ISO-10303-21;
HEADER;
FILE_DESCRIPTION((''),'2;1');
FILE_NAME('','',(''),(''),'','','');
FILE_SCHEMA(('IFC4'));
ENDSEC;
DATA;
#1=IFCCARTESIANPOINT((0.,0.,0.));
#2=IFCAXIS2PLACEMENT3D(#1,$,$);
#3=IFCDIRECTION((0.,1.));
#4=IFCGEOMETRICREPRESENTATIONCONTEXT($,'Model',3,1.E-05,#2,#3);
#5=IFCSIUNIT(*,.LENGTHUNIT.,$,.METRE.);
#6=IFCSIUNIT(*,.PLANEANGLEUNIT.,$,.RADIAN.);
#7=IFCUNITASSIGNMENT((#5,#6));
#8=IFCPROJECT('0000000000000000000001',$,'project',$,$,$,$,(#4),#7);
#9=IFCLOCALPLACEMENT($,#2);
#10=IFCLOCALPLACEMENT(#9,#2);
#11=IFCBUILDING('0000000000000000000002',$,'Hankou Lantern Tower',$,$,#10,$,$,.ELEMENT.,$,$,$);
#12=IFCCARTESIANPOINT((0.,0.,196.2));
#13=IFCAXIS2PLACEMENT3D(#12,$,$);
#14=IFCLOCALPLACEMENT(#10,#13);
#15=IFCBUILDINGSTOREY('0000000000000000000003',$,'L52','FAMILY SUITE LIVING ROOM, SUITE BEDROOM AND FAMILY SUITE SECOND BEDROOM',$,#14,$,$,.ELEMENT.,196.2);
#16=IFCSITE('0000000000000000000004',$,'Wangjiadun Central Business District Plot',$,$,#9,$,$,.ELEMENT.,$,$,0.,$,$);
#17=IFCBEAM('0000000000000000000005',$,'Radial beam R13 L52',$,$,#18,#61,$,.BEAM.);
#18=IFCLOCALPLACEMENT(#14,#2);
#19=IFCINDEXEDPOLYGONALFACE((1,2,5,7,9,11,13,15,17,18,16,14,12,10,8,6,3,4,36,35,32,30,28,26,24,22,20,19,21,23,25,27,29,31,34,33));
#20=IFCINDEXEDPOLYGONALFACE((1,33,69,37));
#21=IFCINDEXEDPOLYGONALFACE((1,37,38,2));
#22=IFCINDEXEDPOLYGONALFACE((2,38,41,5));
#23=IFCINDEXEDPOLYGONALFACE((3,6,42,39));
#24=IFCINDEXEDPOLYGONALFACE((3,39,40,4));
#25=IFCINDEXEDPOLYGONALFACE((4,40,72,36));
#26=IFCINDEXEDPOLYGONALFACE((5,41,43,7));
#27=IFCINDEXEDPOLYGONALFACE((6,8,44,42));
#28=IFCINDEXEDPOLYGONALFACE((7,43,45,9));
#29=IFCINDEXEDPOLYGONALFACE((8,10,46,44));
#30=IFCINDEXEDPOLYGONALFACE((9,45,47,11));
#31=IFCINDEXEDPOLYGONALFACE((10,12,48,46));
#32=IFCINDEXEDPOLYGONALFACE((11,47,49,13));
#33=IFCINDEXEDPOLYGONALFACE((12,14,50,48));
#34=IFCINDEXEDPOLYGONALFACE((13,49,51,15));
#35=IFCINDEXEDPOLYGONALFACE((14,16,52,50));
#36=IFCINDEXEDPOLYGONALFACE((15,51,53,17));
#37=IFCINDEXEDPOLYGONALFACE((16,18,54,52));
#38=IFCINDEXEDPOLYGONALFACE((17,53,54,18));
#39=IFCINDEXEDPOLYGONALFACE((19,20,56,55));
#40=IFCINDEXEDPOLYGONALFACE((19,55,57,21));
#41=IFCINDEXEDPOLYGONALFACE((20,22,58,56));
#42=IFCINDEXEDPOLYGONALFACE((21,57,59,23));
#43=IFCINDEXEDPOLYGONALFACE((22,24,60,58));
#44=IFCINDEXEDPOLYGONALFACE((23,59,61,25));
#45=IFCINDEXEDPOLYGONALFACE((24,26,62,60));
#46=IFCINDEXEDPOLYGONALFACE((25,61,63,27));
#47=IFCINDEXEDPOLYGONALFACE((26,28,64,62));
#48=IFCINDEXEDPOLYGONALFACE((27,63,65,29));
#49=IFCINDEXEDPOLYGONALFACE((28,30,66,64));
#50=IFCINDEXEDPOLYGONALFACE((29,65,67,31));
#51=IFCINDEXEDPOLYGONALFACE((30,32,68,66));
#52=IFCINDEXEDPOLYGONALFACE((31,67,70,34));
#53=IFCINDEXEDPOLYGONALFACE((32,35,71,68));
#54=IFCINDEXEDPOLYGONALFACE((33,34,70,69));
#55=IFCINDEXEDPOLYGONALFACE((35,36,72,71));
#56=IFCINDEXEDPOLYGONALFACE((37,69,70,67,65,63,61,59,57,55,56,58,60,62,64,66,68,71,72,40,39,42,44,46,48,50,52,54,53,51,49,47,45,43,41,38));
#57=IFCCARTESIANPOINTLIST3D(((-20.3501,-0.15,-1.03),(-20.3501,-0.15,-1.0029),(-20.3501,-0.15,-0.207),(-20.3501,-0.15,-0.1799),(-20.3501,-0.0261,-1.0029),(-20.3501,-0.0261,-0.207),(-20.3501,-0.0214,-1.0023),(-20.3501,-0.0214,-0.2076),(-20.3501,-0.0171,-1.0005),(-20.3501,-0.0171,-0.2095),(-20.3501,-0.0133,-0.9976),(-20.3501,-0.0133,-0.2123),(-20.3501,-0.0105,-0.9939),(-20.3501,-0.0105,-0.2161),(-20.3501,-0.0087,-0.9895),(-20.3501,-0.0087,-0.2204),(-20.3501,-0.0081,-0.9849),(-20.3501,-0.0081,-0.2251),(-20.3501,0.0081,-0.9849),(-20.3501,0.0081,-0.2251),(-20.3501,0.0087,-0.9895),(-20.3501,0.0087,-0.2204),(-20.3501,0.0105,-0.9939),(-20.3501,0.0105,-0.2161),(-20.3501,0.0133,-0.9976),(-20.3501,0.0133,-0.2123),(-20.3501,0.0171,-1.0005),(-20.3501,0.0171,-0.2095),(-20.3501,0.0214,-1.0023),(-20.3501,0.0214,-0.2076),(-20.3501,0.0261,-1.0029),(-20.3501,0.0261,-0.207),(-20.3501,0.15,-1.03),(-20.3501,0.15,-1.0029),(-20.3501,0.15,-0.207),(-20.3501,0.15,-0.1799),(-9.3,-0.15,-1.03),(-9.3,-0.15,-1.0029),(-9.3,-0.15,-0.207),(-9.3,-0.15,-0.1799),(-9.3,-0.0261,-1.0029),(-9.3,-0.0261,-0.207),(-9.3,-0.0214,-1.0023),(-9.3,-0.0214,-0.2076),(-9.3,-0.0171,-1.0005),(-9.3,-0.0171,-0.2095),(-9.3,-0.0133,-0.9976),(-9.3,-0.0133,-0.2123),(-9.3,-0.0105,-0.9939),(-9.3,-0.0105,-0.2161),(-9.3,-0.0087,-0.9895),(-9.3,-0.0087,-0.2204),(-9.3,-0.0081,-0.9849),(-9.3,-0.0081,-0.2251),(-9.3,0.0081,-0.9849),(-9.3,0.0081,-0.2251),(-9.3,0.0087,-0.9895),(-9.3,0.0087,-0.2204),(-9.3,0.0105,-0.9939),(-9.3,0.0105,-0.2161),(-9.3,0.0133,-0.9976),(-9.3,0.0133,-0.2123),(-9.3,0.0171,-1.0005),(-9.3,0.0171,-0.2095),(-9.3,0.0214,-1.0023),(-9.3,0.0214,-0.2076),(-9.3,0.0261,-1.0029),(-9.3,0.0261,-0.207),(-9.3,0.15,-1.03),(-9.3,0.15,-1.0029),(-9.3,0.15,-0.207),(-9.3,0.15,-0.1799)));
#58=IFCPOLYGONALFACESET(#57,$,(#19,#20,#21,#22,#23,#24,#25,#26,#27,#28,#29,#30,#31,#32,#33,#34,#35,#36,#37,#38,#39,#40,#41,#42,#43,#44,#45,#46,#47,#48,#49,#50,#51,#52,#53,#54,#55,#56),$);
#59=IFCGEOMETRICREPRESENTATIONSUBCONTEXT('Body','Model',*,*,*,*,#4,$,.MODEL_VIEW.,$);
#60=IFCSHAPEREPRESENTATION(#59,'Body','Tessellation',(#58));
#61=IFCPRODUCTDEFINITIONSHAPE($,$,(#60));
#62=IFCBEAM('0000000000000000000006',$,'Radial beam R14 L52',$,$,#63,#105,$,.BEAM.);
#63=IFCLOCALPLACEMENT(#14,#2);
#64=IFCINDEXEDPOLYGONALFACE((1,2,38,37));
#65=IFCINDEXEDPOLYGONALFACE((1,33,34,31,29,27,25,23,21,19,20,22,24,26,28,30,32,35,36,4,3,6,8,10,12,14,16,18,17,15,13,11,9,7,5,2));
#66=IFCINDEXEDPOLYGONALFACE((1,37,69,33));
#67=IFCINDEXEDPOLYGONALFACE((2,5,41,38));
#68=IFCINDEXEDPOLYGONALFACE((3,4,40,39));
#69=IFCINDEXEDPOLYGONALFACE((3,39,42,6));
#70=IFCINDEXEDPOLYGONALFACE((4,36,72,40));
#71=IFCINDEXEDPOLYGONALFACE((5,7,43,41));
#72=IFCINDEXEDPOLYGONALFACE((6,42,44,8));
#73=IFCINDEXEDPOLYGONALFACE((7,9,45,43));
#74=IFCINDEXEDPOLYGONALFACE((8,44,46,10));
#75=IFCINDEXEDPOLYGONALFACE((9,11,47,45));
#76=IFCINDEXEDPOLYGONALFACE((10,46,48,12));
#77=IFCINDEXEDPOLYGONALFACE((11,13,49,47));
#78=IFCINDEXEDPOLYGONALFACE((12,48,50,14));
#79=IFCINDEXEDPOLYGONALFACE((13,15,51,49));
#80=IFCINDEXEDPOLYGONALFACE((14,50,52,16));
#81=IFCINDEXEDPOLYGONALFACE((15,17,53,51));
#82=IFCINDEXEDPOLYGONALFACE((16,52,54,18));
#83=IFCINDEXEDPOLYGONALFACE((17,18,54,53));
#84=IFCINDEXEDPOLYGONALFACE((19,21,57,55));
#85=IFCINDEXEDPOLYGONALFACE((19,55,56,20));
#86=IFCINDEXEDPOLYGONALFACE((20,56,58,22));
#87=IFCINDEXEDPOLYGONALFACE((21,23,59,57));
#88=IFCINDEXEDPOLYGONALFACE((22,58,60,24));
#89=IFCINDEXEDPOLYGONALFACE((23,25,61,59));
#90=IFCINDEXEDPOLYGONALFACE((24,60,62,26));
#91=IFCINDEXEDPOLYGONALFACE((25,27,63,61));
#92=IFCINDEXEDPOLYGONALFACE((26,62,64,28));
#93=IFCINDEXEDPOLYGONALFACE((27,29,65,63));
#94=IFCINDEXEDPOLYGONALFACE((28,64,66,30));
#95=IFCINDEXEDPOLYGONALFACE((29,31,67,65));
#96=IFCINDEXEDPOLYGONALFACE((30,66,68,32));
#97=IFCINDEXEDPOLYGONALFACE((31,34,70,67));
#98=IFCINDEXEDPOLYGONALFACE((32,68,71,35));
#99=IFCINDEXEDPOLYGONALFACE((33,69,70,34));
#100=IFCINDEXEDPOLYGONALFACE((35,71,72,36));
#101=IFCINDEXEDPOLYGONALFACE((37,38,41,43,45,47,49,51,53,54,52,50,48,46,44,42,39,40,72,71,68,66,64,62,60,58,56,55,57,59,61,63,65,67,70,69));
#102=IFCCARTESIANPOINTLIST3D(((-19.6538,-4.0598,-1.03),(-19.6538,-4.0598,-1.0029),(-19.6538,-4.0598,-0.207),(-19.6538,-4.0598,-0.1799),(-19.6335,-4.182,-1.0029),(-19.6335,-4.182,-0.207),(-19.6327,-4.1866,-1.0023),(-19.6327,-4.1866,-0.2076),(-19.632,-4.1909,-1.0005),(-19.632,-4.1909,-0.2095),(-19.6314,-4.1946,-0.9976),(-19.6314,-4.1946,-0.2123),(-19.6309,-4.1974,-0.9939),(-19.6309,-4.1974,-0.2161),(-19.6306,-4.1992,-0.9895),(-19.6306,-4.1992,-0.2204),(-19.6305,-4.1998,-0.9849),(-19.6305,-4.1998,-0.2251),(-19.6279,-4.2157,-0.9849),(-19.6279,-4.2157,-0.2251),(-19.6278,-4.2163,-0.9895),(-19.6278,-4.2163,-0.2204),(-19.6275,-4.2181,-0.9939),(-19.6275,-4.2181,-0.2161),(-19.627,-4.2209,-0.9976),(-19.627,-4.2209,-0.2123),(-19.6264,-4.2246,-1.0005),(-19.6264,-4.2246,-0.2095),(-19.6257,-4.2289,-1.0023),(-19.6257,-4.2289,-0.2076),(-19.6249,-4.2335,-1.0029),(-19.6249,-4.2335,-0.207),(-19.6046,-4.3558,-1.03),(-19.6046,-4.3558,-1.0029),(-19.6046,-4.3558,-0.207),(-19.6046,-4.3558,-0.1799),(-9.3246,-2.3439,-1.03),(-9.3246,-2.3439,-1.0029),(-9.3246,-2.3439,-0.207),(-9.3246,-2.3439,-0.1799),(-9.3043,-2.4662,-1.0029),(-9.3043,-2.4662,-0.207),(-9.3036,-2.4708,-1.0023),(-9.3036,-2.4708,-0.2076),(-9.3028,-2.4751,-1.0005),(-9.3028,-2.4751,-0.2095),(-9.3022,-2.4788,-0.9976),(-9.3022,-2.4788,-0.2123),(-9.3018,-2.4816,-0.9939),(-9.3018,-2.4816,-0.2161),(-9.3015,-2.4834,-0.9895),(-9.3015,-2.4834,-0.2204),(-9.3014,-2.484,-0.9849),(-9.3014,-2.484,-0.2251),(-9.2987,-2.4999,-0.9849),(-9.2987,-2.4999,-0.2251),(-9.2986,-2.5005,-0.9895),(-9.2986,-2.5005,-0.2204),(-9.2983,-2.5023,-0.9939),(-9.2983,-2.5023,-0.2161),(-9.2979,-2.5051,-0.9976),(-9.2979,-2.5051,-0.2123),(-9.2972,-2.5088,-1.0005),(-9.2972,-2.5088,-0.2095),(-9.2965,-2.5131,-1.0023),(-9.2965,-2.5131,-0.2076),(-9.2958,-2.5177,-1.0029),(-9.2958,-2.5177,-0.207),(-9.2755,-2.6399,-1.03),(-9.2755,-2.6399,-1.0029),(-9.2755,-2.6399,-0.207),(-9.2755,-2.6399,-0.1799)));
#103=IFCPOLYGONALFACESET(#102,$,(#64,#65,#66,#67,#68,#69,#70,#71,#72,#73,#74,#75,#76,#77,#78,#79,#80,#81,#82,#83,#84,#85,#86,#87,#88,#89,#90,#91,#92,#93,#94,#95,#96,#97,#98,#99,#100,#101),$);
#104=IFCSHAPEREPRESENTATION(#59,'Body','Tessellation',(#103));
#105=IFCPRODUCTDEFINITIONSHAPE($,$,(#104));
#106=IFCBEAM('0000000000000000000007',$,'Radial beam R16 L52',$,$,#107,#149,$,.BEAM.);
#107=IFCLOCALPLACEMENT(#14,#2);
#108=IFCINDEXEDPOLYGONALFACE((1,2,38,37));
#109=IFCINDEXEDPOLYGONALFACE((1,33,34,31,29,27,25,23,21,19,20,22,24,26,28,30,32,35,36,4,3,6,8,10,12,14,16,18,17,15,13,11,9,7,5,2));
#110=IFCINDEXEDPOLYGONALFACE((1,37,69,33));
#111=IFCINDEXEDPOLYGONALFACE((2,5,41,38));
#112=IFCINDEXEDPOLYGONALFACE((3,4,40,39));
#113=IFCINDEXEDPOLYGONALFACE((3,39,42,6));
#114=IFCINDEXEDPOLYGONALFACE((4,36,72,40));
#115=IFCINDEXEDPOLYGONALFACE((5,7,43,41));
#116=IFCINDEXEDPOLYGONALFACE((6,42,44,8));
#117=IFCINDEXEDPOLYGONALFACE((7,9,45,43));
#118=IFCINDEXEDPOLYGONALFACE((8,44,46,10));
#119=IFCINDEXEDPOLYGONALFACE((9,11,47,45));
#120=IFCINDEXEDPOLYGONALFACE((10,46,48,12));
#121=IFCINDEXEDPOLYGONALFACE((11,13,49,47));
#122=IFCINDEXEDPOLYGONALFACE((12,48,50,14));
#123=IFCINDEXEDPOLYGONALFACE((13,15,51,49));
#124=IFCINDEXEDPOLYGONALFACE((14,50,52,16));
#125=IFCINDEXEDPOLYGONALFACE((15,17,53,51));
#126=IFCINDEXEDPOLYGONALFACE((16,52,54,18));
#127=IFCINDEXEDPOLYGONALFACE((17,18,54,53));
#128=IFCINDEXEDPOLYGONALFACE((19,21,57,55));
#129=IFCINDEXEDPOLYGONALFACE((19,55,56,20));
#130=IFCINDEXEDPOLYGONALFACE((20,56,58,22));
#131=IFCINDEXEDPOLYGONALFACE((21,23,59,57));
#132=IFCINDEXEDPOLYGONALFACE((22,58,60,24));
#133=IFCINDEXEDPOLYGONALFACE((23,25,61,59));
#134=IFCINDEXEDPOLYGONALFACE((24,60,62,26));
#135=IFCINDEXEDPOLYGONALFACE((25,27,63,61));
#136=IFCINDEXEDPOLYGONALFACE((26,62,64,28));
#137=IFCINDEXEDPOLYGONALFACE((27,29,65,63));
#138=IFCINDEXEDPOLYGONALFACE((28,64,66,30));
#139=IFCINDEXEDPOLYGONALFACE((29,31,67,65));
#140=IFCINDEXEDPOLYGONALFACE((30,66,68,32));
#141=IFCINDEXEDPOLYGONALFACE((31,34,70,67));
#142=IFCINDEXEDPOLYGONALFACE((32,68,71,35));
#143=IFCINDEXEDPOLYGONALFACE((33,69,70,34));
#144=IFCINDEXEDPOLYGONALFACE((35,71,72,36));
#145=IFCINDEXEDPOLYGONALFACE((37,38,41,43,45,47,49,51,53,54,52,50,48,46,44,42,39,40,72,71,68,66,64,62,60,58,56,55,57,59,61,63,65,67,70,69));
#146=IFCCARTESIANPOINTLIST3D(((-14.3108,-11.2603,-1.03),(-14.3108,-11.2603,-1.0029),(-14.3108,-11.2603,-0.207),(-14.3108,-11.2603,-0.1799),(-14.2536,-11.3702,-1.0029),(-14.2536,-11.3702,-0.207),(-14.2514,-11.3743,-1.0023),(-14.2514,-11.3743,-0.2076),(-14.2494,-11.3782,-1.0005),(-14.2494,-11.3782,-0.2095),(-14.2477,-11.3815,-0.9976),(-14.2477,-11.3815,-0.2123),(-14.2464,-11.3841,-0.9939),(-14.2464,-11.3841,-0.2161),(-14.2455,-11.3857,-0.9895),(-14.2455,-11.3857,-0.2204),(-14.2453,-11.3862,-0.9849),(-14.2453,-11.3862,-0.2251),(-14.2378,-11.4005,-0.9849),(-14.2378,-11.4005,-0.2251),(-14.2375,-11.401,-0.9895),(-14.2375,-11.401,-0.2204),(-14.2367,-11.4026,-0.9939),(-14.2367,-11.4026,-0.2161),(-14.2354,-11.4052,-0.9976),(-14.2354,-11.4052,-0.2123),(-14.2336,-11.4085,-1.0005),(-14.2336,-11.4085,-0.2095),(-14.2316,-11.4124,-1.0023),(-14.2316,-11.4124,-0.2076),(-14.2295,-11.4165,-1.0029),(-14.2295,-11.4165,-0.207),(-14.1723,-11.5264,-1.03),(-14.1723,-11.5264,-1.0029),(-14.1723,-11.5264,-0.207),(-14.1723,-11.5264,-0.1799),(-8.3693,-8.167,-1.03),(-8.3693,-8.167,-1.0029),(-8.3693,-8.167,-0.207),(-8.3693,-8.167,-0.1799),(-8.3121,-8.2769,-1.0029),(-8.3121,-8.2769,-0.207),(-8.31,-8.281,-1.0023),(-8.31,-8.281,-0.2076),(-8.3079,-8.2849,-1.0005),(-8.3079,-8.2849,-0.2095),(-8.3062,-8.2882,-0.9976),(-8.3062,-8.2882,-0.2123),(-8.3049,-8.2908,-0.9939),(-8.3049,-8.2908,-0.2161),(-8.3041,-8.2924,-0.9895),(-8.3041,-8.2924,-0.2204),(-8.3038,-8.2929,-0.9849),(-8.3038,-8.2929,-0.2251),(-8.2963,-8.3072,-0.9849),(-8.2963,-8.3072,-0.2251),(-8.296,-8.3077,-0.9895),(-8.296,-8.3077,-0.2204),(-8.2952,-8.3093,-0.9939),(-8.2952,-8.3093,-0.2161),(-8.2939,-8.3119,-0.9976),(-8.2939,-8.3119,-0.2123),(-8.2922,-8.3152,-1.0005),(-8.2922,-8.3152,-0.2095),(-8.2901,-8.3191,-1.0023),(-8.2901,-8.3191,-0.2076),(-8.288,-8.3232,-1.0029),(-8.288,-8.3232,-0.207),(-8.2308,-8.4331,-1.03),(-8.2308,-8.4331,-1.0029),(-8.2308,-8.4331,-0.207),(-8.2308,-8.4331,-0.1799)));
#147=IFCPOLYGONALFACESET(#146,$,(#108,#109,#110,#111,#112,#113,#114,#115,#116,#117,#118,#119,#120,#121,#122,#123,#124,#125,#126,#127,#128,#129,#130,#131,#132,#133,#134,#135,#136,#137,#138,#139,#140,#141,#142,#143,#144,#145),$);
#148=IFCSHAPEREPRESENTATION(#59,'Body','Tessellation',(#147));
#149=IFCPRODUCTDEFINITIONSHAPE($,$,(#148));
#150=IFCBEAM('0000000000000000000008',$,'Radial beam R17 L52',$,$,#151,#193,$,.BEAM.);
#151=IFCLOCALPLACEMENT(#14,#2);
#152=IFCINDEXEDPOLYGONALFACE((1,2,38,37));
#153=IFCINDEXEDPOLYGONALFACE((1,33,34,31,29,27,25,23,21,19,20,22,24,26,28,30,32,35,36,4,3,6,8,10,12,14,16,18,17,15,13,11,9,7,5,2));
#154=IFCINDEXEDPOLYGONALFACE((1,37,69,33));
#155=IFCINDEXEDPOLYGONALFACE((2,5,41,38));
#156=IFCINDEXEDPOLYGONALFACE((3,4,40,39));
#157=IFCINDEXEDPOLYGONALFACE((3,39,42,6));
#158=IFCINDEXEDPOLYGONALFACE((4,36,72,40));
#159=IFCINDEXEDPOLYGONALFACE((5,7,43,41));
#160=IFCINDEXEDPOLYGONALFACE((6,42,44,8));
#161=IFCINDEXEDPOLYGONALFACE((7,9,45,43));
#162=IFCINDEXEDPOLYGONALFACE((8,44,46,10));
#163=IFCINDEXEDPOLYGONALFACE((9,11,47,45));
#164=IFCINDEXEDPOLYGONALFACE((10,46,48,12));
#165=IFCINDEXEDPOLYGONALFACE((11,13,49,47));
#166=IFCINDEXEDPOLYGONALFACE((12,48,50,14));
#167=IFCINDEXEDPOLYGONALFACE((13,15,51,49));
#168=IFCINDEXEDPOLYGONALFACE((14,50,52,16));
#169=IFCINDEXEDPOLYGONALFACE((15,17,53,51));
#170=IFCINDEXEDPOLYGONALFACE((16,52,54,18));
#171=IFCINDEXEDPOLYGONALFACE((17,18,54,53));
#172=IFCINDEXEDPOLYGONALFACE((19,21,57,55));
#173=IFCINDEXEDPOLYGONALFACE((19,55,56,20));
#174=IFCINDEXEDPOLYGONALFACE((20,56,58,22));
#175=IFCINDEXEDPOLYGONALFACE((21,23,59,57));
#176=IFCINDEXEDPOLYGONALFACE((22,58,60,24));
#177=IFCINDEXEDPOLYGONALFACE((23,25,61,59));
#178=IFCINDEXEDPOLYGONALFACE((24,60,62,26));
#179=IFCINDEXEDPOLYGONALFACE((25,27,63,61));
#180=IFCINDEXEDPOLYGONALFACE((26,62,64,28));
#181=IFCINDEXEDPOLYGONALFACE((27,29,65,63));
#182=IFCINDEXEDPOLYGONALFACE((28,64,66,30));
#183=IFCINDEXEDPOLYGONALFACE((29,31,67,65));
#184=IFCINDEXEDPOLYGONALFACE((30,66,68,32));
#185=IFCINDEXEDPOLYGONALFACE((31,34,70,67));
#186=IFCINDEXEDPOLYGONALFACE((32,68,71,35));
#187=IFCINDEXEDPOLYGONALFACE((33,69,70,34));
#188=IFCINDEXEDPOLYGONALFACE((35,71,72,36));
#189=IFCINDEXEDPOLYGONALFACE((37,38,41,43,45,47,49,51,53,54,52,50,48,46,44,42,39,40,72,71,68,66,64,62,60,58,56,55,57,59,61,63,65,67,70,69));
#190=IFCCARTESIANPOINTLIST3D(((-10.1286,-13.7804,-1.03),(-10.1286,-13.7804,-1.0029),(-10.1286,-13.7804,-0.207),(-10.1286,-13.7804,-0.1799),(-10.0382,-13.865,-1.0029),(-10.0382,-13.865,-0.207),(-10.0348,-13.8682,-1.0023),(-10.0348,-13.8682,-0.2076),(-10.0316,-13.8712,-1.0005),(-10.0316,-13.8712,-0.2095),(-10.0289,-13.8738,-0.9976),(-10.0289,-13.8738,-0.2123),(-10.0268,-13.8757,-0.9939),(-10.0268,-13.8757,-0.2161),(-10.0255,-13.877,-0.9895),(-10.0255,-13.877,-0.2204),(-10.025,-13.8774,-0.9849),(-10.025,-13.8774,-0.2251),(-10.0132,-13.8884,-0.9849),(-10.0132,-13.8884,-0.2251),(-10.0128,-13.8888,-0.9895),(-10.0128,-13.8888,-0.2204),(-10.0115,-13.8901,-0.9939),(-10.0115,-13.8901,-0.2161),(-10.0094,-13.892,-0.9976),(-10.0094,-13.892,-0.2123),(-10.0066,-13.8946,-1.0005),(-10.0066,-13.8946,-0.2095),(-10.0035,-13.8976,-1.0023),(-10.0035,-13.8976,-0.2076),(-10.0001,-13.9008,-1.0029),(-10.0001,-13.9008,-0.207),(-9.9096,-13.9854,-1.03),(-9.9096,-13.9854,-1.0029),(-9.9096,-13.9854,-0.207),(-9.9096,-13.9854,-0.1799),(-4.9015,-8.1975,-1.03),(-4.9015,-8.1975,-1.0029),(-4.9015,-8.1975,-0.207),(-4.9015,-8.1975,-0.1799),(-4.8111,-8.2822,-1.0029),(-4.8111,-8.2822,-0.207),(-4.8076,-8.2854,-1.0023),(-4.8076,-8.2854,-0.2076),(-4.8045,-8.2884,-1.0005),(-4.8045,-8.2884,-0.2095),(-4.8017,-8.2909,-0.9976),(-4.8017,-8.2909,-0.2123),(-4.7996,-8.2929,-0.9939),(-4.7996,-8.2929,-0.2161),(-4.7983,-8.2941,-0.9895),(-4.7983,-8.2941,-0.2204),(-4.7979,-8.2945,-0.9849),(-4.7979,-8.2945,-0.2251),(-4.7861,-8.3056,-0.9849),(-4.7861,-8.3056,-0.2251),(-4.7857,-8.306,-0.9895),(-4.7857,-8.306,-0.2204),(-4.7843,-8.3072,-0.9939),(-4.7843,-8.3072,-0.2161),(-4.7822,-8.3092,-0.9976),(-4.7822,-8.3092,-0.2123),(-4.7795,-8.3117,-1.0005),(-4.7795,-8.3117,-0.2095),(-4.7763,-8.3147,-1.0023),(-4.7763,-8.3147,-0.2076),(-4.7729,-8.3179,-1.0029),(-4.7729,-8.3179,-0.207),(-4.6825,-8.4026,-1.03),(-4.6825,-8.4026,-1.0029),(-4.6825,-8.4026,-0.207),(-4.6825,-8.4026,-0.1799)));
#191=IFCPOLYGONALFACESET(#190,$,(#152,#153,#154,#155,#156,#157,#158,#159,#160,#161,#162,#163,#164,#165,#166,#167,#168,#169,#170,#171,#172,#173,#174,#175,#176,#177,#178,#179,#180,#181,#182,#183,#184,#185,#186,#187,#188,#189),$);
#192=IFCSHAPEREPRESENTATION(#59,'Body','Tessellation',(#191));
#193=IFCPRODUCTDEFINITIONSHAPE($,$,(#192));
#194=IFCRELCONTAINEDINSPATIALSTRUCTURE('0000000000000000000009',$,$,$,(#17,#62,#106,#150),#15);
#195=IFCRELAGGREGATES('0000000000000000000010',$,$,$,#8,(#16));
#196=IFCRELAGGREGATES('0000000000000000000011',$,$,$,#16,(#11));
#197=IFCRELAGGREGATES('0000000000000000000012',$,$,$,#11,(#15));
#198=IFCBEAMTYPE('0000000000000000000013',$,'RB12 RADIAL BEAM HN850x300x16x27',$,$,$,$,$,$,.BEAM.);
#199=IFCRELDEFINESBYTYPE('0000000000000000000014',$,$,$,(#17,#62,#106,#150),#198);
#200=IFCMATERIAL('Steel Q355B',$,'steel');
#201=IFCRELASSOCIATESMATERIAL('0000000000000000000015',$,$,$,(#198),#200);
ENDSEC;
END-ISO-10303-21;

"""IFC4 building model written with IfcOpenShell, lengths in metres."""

from ifc_helpers import new_model, si_unit, direction, frame, origin, origin_2d, place, context, subcontext, project, spatial, i_section, extrude, material, material_profile, profile_set, type_object, element, save


model = new_model("IFC4")

# Units and contexts
model_context = context("Model", 3, precision=1e-05, world=origin(), true_north=direction((0.0, 1.0)))
body_context = subcontext(model_context, "Body", "Model", "MODEL_VIEW")
ifc_project = project(units=[si_unit("LENGTHUNIT", "METRE"), si_unit("PLANEANGLEUNIT", "RADIAN")], contexts=[model_context])

# Site, building, storey
site_placement = place(None, origin())
site = spatial("IfcSite", under=ifc_project, at=site_placement, Name="Wangjiadun Central Business District Plot", CompositionType="ELEMENT", RefElevation=0.0)
building_placement = place(site_placement, origin())
building = spatial("IfcBuilding", under=site, at=building_placement, Name="Hankou Lantern Tower", CompositionType="ELEMENT")
storey_placement = place(building_placement, frame((0.0, 0.0, 196.2)))
storey = spatial("IfcBuildingStorey", under=building, at=storey_placement, Name="L52", Description="FAMILY SUITE LIVING ROOM, SUITE BEDROOM AND FAMILY SUITE SECOND BEDROOM", CompositionType="ELEMENT", Elevation=196.2)

# Beams
ifc_material_1 = material(Name="Steel Q355B", Category="steel")
ifc_material_profile_1 = material_profile(ifc_material_1, i_section(OverallWidth=0.3, OverallDepth=0.8501, WebThickness=0.0161, FlangeThickness=0.0271, FilletRadius=0.0181, at=origin_2d()), Name="HN850x300x16x27")
ifc_profile_set_1 = profile_set([ifc_material_profile_1], Name="Steel Q355B")
beam_type_1 = type_object("IfcBeamType", Name="RB12 RADIAL BEAM HN850x300x16x27", PredefinedType="BEAM", material=ifc_profile_set_1)
beam_1_placement = place(storey_placement, frame((-9.3, 0.0, -0.605), z_axis=(-1.0, 0.0, 0.0), x_axis=(0.0, -1.0, 0.0)))
element("IfcBeam", 1, at=beam_1_placement, inside=storey, type_object=beam_type_1, Name="Radial beam R13 L52", PredefinedType="BEAM", context=body_context, shape_type="SweptSolid", body=[
    extrude(i_section(OverallWidth=0.3, OverallDepth=0.8501, WebThickness=0.0161, FlangeThickness=0.0271, FilletRadius=0.0181, at=origin_2d()), origin(), (0.0, 0.0, 1.0), 11.05),
])
beam_2_placement = place(storey_placement, frame((-9.3, -2.4919, -0.605), z_axis=(-0.986482, -0.16387, 0.0), x_axis=(0.16387, -0.986482, 0.0)))
element("IfcBeam", 2, at=beam_2_placement, inside=storey, type_object=beam_type_1, Name="Radial beam R14 L52", PredefinedType="BEAM", context=body_context, shape_type="SweptSolid", body=[
    extrude(i_section(OverallWidth=0.3, OverallDepth=0.8501, WebThickness=0.0161, FlangeThickness=0.0271, FilletRadius=0.0181, at=origin_2d()), origin(), (0.0, 0.0, 1.0), 10.4707),
])
beam_3_placement = place(storey_placement, frame((-8.3, -8.3, -0.605), z_axis=(-0.886989, -0.461791, 0.0), x_axis=(0.461791, -0.886989, 0.0)))
element("IfcBeam", 3, at=beam_3_placement, inside=storey, type_object=beam_type_1, Name="Radial beam R16 L52", PredefinedType="BEAM", context=body_context, shape_type="SweptSolid", body=[
    extrude(i_section(OverallWidth=0.3, OverallDepth=0.8501, WebThickness=0.0161, FlangeThickness=0.0271, FilletRadius=0.0181, at=origin_2d()), origin(), (0.0, 0.0, 1.0), 6.6985),
])
beam_4_placement = place(storey_placement, frame((-4.792, -8.3, -0.605), z_axis=(-0.683468, -0.72998, 0.0), x_axis=(0.72998, -0.683468, 0.0)))
element("IfcBeam", 4, at=beam_4_placement, inside=storey, type_object=beam_type_1, Name="Radial beam R17 L52", PredefinedType="BEAM", context=body_context, shape_type="SweptSolid", body=[
    extrude(i_section(OverallWidth=0.3, OverallDepth=0.8501, WebThickness=0.0161, FlangeThickness=0.0271, FilletRadius=0.0181, at=origin_2d()), origin(), (0.0, 0.0, 1.0), 7.6479),
])

save(model, "model.ifc")
